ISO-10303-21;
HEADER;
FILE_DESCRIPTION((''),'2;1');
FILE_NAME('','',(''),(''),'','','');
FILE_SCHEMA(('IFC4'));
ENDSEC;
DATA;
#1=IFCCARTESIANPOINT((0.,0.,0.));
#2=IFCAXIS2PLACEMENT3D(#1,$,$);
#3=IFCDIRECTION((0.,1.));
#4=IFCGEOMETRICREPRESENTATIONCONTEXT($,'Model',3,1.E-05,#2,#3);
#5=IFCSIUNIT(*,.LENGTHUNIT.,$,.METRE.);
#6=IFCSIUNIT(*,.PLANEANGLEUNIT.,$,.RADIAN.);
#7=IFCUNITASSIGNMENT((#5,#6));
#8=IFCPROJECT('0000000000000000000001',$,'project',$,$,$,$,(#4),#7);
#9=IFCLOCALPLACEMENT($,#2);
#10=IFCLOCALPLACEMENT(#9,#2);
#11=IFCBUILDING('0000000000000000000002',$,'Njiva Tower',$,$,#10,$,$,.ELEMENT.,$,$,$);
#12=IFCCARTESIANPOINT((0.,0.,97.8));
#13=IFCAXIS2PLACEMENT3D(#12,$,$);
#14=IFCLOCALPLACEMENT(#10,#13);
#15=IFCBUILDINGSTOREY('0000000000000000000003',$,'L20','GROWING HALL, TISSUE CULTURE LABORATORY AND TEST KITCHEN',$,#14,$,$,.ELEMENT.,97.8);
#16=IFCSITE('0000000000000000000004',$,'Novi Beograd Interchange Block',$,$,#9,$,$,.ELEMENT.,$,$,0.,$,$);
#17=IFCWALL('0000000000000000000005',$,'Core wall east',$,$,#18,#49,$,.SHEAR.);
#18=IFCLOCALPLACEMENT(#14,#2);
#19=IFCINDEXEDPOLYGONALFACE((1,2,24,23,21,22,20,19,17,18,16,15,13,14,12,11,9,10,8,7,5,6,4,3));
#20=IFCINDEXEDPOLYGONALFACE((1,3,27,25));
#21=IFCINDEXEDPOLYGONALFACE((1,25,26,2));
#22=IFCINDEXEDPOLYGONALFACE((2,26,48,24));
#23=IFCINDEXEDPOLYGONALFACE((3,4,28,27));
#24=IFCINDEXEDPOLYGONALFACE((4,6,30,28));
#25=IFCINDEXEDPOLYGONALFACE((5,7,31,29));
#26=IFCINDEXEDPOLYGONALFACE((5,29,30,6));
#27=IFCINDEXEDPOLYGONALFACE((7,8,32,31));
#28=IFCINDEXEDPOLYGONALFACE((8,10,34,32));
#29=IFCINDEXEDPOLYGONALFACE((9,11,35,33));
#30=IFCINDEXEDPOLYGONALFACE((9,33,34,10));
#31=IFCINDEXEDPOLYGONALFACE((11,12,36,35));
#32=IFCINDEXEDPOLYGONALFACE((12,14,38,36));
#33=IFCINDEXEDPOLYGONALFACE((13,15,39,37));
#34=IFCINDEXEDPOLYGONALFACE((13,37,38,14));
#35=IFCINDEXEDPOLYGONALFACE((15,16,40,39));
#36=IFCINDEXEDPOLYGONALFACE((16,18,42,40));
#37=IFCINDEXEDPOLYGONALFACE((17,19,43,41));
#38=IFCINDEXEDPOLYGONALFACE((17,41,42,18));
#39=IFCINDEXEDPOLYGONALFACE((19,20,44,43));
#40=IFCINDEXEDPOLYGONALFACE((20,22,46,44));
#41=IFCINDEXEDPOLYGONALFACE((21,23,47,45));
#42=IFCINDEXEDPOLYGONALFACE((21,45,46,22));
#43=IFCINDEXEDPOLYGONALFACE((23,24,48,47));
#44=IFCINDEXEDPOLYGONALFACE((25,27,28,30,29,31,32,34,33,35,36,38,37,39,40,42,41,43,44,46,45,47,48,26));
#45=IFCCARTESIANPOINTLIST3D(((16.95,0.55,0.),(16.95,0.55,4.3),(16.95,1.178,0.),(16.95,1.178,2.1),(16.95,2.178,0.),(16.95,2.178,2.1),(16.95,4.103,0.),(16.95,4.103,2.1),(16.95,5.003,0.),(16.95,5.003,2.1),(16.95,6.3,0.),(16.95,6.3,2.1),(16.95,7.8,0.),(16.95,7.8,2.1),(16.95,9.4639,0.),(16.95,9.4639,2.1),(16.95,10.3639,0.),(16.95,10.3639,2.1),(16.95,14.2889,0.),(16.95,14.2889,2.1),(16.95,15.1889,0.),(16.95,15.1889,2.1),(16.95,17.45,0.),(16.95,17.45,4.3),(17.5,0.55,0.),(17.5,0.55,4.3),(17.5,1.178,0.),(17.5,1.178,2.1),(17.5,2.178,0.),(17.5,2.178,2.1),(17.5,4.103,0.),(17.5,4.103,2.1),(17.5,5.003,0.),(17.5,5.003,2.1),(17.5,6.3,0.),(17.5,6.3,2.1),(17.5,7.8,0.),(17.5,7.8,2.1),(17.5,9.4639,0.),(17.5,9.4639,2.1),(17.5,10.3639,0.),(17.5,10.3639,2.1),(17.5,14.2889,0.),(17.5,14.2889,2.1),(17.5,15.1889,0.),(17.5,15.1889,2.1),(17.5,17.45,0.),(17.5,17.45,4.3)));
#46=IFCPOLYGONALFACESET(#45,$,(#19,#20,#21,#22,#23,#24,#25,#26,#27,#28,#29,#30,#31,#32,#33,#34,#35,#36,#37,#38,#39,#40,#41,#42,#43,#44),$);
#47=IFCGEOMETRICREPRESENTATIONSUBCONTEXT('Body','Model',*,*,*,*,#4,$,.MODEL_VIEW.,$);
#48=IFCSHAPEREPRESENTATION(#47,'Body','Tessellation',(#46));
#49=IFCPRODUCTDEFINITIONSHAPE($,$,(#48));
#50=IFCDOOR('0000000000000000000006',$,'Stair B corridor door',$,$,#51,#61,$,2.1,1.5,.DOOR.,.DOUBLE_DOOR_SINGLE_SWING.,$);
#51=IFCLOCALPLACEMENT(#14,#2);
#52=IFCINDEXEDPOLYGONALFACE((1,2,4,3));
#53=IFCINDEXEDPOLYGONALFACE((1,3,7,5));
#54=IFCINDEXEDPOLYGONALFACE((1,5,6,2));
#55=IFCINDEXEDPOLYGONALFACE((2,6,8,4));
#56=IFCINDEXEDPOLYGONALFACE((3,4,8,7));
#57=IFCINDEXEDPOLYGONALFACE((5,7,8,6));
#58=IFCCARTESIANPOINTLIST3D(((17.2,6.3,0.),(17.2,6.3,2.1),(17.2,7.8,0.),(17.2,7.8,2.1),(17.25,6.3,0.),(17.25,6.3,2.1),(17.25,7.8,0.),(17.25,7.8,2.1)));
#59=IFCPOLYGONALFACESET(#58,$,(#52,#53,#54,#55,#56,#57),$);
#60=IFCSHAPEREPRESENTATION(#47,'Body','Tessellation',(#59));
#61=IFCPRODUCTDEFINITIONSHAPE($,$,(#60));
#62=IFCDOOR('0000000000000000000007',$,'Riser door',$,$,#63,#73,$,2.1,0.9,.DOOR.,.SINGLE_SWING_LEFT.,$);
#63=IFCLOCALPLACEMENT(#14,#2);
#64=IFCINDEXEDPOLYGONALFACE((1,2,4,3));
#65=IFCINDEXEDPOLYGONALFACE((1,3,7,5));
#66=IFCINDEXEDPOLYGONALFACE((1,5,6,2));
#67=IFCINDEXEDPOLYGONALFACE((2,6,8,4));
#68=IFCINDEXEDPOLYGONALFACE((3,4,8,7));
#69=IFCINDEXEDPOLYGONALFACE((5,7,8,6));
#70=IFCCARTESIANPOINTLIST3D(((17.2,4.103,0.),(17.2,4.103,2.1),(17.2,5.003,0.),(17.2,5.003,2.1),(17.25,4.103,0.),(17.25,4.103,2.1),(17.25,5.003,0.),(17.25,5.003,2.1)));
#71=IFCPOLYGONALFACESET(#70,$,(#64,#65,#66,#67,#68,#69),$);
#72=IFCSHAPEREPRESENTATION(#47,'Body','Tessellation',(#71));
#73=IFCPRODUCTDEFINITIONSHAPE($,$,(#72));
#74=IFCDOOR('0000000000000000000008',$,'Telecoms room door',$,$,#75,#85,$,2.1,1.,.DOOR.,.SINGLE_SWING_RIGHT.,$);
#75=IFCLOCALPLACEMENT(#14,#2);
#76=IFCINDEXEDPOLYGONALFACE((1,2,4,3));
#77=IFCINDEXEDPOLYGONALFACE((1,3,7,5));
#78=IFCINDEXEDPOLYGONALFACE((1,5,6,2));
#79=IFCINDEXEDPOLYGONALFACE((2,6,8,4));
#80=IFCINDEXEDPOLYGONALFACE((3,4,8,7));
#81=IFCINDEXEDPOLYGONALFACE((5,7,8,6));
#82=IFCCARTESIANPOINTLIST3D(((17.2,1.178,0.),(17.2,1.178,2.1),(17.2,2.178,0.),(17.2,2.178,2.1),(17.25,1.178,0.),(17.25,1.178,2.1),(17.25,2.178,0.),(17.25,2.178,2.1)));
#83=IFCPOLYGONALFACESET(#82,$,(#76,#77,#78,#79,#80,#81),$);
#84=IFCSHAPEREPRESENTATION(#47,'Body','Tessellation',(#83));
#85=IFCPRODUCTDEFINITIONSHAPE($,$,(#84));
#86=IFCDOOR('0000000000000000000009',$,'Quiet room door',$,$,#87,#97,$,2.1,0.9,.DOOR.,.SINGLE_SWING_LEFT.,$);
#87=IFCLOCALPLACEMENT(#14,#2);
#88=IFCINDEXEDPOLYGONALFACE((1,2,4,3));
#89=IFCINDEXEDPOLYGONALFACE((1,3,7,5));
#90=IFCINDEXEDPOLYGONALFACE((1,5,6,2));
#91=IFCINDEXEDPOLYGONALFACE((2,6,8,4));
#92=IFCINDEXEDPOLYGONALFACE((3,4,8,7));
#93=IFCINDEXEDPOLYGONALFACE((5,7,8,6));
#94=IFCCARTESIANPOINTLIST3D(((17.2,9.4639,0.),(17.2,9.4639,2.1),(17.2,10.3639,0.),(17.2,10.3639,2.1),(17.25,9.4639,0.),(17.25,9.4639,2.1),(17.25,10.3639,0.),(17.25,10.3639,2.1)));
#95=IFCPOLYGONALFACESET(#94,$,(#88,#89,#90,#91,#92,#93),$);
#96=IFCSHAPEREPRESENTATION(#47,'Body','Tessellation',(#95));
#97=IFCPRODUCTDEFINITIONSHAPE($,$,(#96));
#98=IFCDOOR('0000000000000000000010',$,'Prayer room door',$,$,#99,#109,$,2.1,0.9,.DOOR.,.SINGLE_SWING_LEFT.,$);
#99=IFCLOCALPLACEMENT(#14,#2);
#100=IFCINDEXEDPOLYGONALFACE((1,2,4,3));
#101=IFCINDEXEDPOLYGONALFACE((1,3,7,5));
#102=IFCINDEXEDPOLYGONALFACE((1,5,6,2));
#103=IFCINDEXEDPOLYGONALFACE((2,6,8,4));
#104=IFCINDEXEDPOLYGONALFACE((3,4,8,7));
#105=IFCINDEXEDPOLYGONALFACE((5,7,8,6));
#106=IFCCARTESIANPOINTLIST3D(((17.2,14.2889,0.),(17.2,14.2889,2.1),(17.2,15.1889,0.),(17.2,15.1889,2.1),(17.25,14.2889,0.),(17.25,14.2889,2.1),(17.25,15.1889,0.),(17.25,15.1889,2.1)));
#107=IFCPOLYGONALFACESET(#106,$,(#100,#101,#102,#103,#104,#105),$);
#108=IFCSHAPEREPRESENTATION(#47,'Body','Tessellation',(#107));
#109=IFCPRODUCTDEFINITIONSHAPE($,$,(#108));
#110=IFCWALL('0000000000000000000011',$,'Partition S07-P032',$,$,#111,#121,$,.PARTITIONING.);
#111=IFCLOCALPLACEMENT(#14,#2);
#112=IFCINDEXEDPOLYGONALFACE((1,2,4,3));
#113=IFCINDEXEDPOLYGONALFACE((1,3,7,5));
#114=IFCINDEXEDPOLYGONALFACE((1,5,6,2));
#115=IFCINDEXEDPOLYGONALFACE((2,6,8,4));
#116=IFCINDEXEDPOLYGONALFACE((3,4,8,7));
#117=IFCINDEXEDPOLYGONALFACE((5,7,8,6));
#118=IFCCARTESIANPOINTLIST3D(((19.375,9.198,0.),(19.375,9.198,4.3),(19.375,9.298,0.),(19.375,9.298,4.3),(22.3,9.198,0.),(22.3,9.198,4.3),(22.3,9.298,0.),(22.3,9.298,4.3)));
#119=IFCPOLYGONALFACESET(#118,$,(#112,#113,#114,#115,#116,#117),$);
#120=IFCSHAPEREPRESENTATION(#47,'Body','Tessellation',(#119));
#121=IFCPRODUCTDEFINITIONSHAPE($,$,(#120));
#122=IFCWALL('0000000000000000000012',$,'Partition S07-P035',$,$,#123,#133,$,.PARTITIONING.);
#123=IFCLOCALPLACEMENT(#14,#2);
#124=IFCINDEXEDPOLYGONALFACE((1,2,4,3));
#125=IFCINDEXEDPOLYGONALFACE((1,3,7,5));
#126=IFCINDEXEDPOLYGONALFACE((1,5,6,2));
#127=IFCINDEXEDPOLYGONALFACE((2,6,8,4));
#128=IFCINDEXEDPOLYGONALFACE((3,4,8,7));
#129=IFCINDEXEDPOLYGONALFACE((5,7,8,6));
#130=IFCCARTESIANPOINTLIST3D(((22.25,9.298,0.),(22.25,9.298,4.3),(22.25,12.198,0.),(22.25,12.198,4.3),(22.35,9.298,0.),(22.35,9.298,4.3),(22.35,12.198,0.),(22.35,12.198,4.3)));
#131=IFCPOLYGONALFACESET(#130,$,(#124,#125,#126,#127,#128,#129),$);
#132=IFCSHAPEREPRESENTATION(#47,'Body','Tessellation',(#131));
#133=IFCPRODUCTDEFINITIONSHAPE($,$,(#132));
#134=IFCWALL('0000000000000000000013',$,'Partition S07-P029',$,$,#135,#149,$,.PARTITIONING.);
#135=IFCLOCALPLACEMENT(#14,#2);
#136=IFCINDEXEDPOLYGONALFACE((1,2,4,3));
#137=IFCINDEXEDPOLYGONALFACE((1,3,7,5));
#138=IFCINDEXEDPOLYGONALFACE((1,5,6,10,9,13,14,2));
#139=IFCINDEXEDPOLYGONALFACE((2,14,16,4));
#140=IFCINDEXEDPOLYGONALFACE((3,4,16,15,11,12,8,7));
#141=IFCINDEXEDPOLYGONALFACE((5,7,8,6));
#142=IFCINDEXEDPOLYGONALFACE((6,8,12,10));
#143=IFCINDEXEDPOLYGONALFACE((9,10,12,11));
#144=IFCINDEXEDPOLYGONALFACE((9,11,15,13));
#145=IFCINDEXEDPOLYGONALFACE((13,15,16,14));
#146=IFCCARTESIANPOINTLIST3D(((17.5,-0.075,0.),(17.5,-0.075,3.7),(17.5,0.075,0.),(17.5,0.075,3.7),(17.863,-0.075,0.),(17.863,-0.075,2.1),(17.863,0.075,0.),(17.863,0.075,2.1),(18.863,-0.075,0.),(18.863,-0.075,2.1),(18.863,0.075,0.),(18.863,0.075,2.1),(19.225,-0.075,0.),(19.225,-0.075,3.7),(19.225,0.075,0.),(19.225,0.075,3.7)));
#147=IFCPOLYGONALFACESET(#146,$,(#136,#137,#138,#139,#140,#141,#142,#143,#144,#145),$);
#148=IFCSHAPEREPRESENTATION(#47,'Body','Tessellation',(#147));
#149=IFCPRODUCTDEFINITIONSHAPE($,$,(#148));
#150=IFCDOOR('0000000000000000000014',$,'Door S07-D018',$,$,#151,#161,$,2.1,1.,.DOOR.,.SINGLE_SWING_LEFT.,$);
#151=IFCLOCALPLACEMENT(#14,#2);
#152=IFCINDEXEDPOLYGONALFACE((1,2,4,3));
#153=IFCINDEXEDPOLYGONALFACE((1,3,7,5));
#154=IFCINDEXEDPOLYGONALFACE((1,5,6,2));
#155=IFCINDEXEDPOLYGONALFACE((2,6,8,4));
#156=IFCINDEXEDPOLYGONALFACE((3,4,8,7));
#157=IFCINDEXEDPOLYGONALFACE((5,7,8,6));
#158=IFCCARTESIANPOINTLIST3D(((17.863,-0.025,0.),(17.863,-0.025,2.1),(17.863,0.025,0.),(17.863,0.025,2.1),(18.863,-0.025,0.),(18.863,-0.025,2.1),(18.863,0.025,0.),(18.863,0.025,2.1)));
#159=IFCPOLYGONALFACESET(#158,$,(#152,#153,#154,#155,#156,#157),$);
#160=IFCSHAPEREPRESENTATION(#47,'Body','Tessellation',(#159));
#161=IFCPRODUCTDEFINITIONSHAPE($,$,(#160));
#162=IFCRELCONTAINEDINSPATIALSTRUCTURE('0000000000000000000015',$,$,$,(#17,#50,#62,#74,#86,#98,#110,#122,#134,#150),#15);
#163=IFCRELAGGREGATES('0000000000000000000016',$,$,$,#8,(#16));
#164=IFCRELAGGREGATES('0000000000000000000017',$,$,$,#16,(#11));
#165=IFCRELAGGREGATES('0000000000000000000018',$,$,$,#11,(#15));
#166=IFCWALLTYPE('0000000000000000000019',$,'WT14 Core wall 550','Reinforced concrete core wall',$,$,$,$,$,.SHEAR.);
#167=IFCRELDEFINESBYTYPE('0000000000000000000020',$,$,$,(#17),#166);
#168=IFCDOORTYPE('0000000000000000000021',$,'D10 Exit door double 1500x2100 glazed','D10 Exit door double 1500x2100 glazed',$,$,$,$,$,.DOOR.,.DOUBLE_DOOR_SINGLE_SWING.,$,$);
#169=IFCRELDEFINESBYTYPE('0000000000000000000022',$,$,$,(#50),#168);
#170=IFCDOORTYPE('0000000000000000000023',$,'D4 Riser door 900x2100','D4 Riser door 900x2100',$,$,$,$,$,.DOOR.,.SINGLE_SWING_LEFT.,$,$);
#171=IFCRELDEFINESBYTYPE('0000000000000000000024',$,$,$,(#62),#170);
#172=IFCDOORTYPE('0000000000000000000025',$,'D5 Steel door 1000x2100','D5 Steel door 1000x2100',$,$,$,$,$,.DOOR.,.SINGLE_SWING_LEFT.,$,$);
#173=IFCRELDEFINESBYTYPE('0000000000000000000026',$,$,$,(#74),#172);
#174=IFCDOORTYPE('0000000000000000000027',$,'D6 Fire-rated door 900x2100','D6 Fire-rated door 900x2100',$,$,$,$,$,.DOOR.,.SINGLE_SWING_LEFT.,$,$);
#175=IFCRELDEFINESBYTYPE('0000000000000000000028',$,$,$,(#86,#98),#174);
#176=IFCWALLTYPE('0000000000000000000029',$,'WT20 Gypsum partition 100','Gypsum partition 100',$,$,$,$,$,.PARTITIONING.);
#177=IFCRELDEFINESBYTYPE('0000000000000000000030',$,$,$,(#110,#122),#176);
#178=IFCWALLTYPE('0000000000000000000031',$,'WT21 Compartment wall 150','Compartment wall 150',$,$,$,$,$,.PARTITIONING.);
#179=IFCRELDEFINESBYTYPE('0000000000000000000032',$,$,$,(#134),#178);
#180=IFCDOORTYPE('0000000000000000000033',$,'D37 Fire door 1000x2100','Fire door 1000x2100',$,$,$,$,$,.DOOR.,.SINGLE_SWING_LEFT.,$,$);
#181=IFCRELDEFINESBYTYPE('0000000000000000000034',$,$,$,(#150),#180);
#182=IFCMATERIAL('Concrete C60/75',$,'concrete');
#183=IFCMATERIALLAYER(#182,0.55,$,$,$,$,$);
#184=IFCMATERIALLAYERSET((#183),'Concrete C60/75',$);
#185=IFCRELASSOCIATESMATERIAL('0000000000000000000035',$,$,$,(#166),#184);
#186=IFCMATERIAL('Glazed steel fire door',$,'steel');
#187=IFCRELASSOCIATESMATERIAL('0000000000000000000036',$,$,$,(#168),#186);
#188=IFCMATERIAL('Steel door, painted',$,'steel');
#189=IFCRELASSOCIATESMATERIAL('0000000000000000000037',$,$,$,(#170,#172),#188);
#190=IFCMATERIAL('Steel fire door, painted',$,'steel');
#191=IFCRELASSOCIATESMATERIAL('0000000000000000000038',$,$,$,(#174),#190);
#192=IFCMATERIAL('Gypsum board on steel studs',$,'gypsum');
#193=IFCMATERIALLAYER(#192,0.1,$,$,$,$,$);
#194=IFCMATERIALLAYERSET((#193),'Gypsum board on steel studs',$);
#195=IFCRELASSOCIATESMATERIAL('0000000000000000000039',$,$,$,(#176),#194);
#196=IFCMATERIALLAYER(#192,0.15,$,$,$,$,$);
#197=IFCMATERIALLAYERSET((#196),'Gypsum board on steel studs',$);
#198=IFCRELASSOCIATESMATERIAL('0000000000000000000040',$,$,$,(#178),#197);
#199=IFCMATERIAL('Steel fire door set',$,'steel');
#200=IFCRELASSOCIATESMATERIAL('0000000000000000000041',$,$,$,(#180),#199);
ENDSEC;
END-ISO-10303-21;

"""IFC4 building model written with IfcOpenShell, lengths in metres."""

from ifc_helpers import new_model, si_unit, direction, frame, frame_2d, origin, place, context, subcontext, project, spatial, rectangle, extrude, material, layer, layer_set, type_object, element, fill, save


model = new_model("IFC4")

# Units and contexts
model_context = context("Model", 3, precision=1e-05, world=origin(), true_north=direction((0.0, 1.0)))
body_context = subcontext(model_context, "Body", "Model", "MODEL_VIEW")
ifc_project = project(units=[si_unit("LENGTHUNIT", "METRE"), si_unit("PLANEANGLEUNIT", "RADIAN")], contexts=[model_context])

# Site, building, storey
site_placement = place(None, origin())
site = spatial("IfcSite", under=ifc_project, at=site_placement, Name="Novi Beograd Interchange Block", CompositionType="ELEMENT", RefElevation=0.0)
building_placement = place(site_placement, origin())
building = spatial("IfcBuilding", under=site, at=building_placement, Name="Njiva Tower", CompositionType="ELEMENT")
storey_placement = place(building_placement, frame((0.0, 0.0, 97.8)))
storey = spatial("IfcBuildingStorey", under=building, at=storey_placement, Name="L20", Description="GROWING HALL, TISSUE CULTURE LABORATORY AND TEST KITCHEN", CompositionType="ELEMENT", Elevation=97.8)

# Wall, openings, doors
ifc_material_1 = material(Name="Concrete C60/75", Category="concrete")
ifc_layer_1 = layer(ifc_material_1, 0.55)
ifc_layer_set_1 = layer_set([ifc_layer_1], Name="Concrete C60/75")
wall_type_1 = type_object("IfcWallType", Name="WT14 Core wall 550", Description="Reinforced concrete core wall", PredefinedType="SHEAR", material=ifc_layer_set_1)
wall_1_placement = place(storey_placement, frame((17.225, 0.55, 0.0), z_axis=(0.0, 0.0, 1.0), x_axis=(0.0, 1.0, 0.0)))
wall_1 = element("IfcWall", 1, at=wall_1_placement, inside=storey, type_object=wall_type_1, Name="Core wall east", PredefinedType="SHEAR", context=body_context, shape_type="SweptSolid", body=[
    extrude(rectangle(XDim=16.9, YDim=0.55, at=frame_2d((8.45, 0.0))), origin(), (0.0, 0.0, 1.0), 4.3),
])
opening_1_placement = place(wall_1_placement, frame((5.75, 0.0, 0.0)))
opening_1 = element("IfcOpeningElement", 2, at=opening_1_placement, cuts=wall_1, PredefinedType="OPENING", context=body_context, shape_type="SweptSolid", body=[
    extrude(rectangle(XDim=1.5, YDim=2.1, at=frame_2d((0.75, 1.05))), frame((0.0, 0.285, 0.0), z_axis=(0.0, -1.0, 0.0), x_axis=(1.0, 0.0, 0.0)), (0.0, 0.0, 1.0), 0.57),
])
opening_2_placement = place(wall_1_placement, frame((0.628, 0.0, 0.0)))
opening_2 = element("IfcOpeningElement", 3, at=opening_2_placement, cuts=wall_1, PredefinedType="OPENING", context=body_context, shape_type="SweptSolid", body=[
    extrude(rectangle(XDim=1.0, YDim=2.1, at=frame_2d((0.5, 1.05))), frame((0.0, 0.285, 0.0), z_axis=(0.0, -1.0, 0.0), x_axis=(1.0, 0.0, 0.0)), (0.0, 0.0, 1.0), 0.57),
])
opening_3_placement = place(wall_1_placement, frame((3.553, 0.0, 0.0)))
opening_3 = element("IfcOpeningElement", 4, at=opening_3_placement, cuts=wall_1, PredefinedType="OPENING", context=body_context, shape_type="SweptSolid", body=[
    extrude(rectangle(XDim=0.9, YDim=2.1, at=frame_2d((0.45, 1.05))), frame((0.0, 0.285, 0.0), z_axis=(0.0, -1.0, 0.0), x_axis=(1.0, 0.0, 0.0)), (0.0, 0.0, 1.0), 0.57),
])
opening_4_placement = place(wall_1_placement, frame((8.9139, 0.0, 0.0)))
opening_4 = element("IfcOpeningElement", 5, at=opening_4_placement, cuts=wall_1, PredefinedType="OPENING", context=body_context, shape_type="SweptSolid", body=[
    extrude(rectangle(XDim=0.9, YDim=2.1, at=frame_2d((0.45, 1.05))), frame((0.0, 0.285, 0.0), z_axis=(0.0, -1.0, 0.0), x_axis=(1.0, 0.0, 0.0)), (0.0, 0.0, 1.0), 0.57),
])
opening_5_placement = place(wall_1_placement, frame((13.7389, 0.0, 0.0)))
opening_5 = element("IfcOpeningElement", 6, at=opening_5_placement, cuts=wall_1, PredefinedType="OPENING", context=body_context, shape_type="SweptSolid", body=[
    extrude(rectangle(XDim=0.9, YDim=2.1, at=frame_2d((0.45, 1.05))), frame((0.0, 0.285, 0.0), z_axis=(0.0, -1.0, 0.0), x_axis=(1.0, 0.0, 0.0)), (0.0, 0.0, 1.0), 0.57),
])
ifc_material_2 = material(Name="Glazed steel fire door", Category="steel")
door_type_1 = type_object("IfcDoorType", Name="D10 Exit door double 1500x2100 glazed", Description="D10 Exit door double 1500x2100 glazed", OperationType="DOUBLE_DOOR_SINGLE_SWING", PredefinedType="DOOR", material=ifc_material_2)
door_1_placement = place(opening_1_placement, origin())
door_1 = element("IfcDoor", 7, at=door_1_placement, inside=storey, type_object=door_type_1, Name="Stair B corridor door", OperationType="DOUBLE_DOOR_SINGLE_SWING", OverallHeight=2.1, OverallWidth=1.5, PredefinedType="DOOR", context=body_context, shape_type="SweptSolid", body=[
    extrude(rectangle(XDim=1.5, YDim=2.1, at=frame_2d((0.75, 1.05))), frame((0.0, 0.025, 0.0), z_axis=(0.0, -1.0, 0.0), x_axis=(1.0, 0.0, 0.0)), (0.0, 0.0, 1.0), 0.05),
])
fill(opening_1, door_1)
ifc_material_3 = material(Name="Steel door, painted", Category="steel")
door_type_2 = type_object("IfcDoorType", Name="D4 Riser door 900x2100", Description="D4 Riser door 900x2100", OperationType="SINGLE_SWING_LEFT", PredefinedType="DOOR", material=ifc_material_3)
door_2_placement = place(opening_3_placement, origin())
door_2 = element("IfcDoor", 8, at=door_2_placement, inside=storey, type_object=door_type_2, Name="Riser door", OperationType="SINGLE_SWING_LEFT", OverallHeight=2.1, OverallWidth=0.9, PredefinedType="DOOR", context=body_context, shape_type="SweptSolid", body=[
    extrude(rectangle(XDim=0.9, YDim=2.1, at=frame_2d((0.45, 1.05))), frame((0.0, 0.025, 0.0), z_axis=(0.0, -1.0, 0.0), x_axis=(1.0, 0.0, 0.0)), (0.0, 0.0, 1.0), 0.05),
])
fill(opening_3, door_2)
door_type_3 = type_object("IfcDoorType", Name="D5 Steel door 1000x2100", Description="D5 Steel door 1000x2100", OperationType="SINGLE_SWING_LEFT", PredefinedType="DOOR", material=ifc_material_3)
door_3_placement = place(opening_2_placement, origin())
door_3 = element("IfcDoor", 9, at=door_3_placement, inside=storey, type_object=door_type_3, Name="Telecoms room door", OperationType="SINGLE_SWING_RIGHT", OverallHeight=2.1, OverallWidth=1.0, PredefinedType="DOOR", context=body_context, shape_type="SweptSolid", body=[
    extrude(rectangle(XDim=1.0, YDim=2.1, at=frame_2d((0.5, 1.05))), frame((0.0, 0.025, 0.0), z_axis=(0.0, -1.0, 0.0), x_axis=(1.0, 0.0, 0.0)), (0.0, 0.0, 1.0), 0.05),
])
fill(opening_2, door_3)
ifc_material_4 = material(Name="Steel fire door, painted", Category="steel")
door_type_4 = type_object("IfcDoorType", Name="D6 Fire-rated door 900x2100", Description="D6 Fire-rated door 900x2100", OperationType="SINGLE_SWING_LEFT", PredefinedType="DOOR", material=ifc_material_4)
door_4_placement = place(opening_4_placement, origin())
door_4 = element("IfcDoor", 10, at=door_4_placement, inside=storey, type_object=door_type_4, Name="Quiet room door", OperationType="SINGLE_SWING_LEFT", OverallHeight=2.1, OverallWidth=0.9, PredefinedType="DOOR", context=body_context, shape_type="SweptSolid", body=[
    extrude(rectangle(XDim=0.9, YDim=2.1, at=frame_2d((0.45, 1.05))), frame((0.0, 0.025, 0.0), z_axis=(0.0, -1.0, 0.0), x_axis=(1.0, 0.0, 0.0)), (0.0, 0.0, 1.0), 0.05),
])
fill(opening_4, door_4)
door_5_placement = place(opening_5_placement, origin())
door_5 = element("IfcDoor", 11, at=door_5_placement, inside=storey, type_object=door_type_4, Name="Prayer room door", OperationType="SINGLE_SWING_LEFT", OverallHeight=2.1, OverallWidth=0.9, PredefinedType="DOOR", context=body_context, shape_type="SweptSolid", body=[
    extrude(rectangle(XDim=0.9, YDim=2.1, at=frame_2d((0.45, 1.05))), frame((0.0, 0.025, 0.0), z_axis=(0.0, -1.0, 0.0), x_axis=(1.0, 0.0, 0.0)), (0.0, 0.0, 1.0), 0.05),
])
fill(opening_5, door_5)

# Walls
ifc_material_5 = material(Name="Gypsum board on steel studs", Category="gypsum")
ifc_layer_2 = layer(ifc_material_5, 0.1)
ifc_layer_set_2 = layer_set([ifc_layer_2], Name="Gypsum board on steel studs")
wall_type_2 = type_object("IfcWallType", Name="WT20 Gypsum partition 100", Description="Gypsum partition 100", PredefinedType="PARTITIONING", material=ifc_layer_set_2)
wall_2_placement = place(storey_placement, frame((19.375, 9.248, 0.0), z_axis=(0.0, 0.0, 1.0), x_axis=(1.0, 0.0, 0.0)))
element("IfcWall", 12, at=wall_2_placement, inside=storey, type_object=wall_type_2, Name="Partition S07-P032", PredefinedType="PARTITIONING", context=body_context, shape_type="SweptSolid", body=[
    extrude(rectangle(XDim=2.925, YDim=0.1, at=frame_2d((1.4625, 0.0))), origin(), (0.0, 0.0, 1.0), 4.3),
])
wall_3_placement = place(storey_placement, frame((22.3, 9.298, 0.0), z_axis=(0.0, 0.0, 1.0), x_axis=(0.0, 1.0, 0.0)))
element("IfcWall", 13, at=wall_3_placement, inside=storey, type_object=wall_type_2, Name="Partition S07-P035", PredefinedType="PARTITIONING", context=body_context, shape_type="SweptSolid", body=[
    extrude(rectangle(XDim=2.9, YDim=0.1, at=frame_2d((1.45, 0.0))), origin(), (0.0, 0.0, 1.0), 4.3),
])

# Wall, opening, door
ifc_layer_3 = layer(ifc_material_5, 0.15)
ifc_layer_set_3 = layer_set([ifc_layer_3], Name="Gypsum board on steel studs")
wall_type_3 = type_object("IfcWallType", Name="WT21 Compartment wall 150", Description="Compartment wall 150", PredefinedType="PARTITIONING", material=ifc_layer_set_3)
wall_4_placement = place(storey_placement, frame((17.5, 0.0, 0.0), z_axis=(0.0, 0.0, 1.0), x_axis=(1.0, 0.0, 0.0)))
wall_4 = element("IfcWall", 14, at=wall_4_placement, inside=storey, type_object=wall_type_3, Name="Partition S07-P029", PredefinedType="PARTITIONING", context=body_context, shape_type="SweptSolid", body=[
    extrude(rectangle(XDim=1.725, YDim=0.15, at=frame_2d((0.8625, 0.0))), origin(), (0.0, 0.0, 1.0), 3.7),
])
opening_6_placement = place(wall_4_placement, frame((0.363, 0.0, 0.0)))
opening_6 = element("IfcOpeningElement", 15, at=opening_6_placement, cuts=wall_4, PredefinedType="OPENING", context=body_context, shape_type="SweptSolid", body=[
    extrude(rectangle(XDim=1.0, YDim=2.1, at=frame_2d((0.5, 1.05))), frame((0.0, 0.085, 0.0), z_axis=(0.0, -1.0, 0.0), x_axis=(1.0, 0.0, 0.0)), (0.0, 0.0, 1.0), 0.17),
])
ifc_material_6 = material(Name="Steel fire door set", Category="steel")
door_type_5 = type_object("IfcDoorType", Name="D37 Fire door 1000x2100", Description="Fire door 1000x2100", OperationType="SINGLE_SWING_LEFT", PredefinedType="DOOR", material=ifc_material_6)
door_6_placement = place(opening_6_placement, origin())
door_6 = element("IfcDoor", 16, at=door_6_placement, inside=storey, type_object=door_type_5, Name="Door S07-D018", OperationType="SINGLE_SWING_LEFT", OverallHeight=2.1, OverallWidth=1.0, PredefinedType="DOOR", context=body_context, shape_type="SweptSolid", body=[
    extrude(rectangle(XDim=1.0, YDim=2.1, at=frame_2d((0.5, 1.05))), frame((0.0, 0.025, 0.0), z_axis=(0.0, -1.0, 0.0), x_axis=(1.0, 0.0, 0.0)), (0.0, 0.0, 1.0), 0.05),
])
fill(opening_6, door_6)

save(model, "model.ifc")
